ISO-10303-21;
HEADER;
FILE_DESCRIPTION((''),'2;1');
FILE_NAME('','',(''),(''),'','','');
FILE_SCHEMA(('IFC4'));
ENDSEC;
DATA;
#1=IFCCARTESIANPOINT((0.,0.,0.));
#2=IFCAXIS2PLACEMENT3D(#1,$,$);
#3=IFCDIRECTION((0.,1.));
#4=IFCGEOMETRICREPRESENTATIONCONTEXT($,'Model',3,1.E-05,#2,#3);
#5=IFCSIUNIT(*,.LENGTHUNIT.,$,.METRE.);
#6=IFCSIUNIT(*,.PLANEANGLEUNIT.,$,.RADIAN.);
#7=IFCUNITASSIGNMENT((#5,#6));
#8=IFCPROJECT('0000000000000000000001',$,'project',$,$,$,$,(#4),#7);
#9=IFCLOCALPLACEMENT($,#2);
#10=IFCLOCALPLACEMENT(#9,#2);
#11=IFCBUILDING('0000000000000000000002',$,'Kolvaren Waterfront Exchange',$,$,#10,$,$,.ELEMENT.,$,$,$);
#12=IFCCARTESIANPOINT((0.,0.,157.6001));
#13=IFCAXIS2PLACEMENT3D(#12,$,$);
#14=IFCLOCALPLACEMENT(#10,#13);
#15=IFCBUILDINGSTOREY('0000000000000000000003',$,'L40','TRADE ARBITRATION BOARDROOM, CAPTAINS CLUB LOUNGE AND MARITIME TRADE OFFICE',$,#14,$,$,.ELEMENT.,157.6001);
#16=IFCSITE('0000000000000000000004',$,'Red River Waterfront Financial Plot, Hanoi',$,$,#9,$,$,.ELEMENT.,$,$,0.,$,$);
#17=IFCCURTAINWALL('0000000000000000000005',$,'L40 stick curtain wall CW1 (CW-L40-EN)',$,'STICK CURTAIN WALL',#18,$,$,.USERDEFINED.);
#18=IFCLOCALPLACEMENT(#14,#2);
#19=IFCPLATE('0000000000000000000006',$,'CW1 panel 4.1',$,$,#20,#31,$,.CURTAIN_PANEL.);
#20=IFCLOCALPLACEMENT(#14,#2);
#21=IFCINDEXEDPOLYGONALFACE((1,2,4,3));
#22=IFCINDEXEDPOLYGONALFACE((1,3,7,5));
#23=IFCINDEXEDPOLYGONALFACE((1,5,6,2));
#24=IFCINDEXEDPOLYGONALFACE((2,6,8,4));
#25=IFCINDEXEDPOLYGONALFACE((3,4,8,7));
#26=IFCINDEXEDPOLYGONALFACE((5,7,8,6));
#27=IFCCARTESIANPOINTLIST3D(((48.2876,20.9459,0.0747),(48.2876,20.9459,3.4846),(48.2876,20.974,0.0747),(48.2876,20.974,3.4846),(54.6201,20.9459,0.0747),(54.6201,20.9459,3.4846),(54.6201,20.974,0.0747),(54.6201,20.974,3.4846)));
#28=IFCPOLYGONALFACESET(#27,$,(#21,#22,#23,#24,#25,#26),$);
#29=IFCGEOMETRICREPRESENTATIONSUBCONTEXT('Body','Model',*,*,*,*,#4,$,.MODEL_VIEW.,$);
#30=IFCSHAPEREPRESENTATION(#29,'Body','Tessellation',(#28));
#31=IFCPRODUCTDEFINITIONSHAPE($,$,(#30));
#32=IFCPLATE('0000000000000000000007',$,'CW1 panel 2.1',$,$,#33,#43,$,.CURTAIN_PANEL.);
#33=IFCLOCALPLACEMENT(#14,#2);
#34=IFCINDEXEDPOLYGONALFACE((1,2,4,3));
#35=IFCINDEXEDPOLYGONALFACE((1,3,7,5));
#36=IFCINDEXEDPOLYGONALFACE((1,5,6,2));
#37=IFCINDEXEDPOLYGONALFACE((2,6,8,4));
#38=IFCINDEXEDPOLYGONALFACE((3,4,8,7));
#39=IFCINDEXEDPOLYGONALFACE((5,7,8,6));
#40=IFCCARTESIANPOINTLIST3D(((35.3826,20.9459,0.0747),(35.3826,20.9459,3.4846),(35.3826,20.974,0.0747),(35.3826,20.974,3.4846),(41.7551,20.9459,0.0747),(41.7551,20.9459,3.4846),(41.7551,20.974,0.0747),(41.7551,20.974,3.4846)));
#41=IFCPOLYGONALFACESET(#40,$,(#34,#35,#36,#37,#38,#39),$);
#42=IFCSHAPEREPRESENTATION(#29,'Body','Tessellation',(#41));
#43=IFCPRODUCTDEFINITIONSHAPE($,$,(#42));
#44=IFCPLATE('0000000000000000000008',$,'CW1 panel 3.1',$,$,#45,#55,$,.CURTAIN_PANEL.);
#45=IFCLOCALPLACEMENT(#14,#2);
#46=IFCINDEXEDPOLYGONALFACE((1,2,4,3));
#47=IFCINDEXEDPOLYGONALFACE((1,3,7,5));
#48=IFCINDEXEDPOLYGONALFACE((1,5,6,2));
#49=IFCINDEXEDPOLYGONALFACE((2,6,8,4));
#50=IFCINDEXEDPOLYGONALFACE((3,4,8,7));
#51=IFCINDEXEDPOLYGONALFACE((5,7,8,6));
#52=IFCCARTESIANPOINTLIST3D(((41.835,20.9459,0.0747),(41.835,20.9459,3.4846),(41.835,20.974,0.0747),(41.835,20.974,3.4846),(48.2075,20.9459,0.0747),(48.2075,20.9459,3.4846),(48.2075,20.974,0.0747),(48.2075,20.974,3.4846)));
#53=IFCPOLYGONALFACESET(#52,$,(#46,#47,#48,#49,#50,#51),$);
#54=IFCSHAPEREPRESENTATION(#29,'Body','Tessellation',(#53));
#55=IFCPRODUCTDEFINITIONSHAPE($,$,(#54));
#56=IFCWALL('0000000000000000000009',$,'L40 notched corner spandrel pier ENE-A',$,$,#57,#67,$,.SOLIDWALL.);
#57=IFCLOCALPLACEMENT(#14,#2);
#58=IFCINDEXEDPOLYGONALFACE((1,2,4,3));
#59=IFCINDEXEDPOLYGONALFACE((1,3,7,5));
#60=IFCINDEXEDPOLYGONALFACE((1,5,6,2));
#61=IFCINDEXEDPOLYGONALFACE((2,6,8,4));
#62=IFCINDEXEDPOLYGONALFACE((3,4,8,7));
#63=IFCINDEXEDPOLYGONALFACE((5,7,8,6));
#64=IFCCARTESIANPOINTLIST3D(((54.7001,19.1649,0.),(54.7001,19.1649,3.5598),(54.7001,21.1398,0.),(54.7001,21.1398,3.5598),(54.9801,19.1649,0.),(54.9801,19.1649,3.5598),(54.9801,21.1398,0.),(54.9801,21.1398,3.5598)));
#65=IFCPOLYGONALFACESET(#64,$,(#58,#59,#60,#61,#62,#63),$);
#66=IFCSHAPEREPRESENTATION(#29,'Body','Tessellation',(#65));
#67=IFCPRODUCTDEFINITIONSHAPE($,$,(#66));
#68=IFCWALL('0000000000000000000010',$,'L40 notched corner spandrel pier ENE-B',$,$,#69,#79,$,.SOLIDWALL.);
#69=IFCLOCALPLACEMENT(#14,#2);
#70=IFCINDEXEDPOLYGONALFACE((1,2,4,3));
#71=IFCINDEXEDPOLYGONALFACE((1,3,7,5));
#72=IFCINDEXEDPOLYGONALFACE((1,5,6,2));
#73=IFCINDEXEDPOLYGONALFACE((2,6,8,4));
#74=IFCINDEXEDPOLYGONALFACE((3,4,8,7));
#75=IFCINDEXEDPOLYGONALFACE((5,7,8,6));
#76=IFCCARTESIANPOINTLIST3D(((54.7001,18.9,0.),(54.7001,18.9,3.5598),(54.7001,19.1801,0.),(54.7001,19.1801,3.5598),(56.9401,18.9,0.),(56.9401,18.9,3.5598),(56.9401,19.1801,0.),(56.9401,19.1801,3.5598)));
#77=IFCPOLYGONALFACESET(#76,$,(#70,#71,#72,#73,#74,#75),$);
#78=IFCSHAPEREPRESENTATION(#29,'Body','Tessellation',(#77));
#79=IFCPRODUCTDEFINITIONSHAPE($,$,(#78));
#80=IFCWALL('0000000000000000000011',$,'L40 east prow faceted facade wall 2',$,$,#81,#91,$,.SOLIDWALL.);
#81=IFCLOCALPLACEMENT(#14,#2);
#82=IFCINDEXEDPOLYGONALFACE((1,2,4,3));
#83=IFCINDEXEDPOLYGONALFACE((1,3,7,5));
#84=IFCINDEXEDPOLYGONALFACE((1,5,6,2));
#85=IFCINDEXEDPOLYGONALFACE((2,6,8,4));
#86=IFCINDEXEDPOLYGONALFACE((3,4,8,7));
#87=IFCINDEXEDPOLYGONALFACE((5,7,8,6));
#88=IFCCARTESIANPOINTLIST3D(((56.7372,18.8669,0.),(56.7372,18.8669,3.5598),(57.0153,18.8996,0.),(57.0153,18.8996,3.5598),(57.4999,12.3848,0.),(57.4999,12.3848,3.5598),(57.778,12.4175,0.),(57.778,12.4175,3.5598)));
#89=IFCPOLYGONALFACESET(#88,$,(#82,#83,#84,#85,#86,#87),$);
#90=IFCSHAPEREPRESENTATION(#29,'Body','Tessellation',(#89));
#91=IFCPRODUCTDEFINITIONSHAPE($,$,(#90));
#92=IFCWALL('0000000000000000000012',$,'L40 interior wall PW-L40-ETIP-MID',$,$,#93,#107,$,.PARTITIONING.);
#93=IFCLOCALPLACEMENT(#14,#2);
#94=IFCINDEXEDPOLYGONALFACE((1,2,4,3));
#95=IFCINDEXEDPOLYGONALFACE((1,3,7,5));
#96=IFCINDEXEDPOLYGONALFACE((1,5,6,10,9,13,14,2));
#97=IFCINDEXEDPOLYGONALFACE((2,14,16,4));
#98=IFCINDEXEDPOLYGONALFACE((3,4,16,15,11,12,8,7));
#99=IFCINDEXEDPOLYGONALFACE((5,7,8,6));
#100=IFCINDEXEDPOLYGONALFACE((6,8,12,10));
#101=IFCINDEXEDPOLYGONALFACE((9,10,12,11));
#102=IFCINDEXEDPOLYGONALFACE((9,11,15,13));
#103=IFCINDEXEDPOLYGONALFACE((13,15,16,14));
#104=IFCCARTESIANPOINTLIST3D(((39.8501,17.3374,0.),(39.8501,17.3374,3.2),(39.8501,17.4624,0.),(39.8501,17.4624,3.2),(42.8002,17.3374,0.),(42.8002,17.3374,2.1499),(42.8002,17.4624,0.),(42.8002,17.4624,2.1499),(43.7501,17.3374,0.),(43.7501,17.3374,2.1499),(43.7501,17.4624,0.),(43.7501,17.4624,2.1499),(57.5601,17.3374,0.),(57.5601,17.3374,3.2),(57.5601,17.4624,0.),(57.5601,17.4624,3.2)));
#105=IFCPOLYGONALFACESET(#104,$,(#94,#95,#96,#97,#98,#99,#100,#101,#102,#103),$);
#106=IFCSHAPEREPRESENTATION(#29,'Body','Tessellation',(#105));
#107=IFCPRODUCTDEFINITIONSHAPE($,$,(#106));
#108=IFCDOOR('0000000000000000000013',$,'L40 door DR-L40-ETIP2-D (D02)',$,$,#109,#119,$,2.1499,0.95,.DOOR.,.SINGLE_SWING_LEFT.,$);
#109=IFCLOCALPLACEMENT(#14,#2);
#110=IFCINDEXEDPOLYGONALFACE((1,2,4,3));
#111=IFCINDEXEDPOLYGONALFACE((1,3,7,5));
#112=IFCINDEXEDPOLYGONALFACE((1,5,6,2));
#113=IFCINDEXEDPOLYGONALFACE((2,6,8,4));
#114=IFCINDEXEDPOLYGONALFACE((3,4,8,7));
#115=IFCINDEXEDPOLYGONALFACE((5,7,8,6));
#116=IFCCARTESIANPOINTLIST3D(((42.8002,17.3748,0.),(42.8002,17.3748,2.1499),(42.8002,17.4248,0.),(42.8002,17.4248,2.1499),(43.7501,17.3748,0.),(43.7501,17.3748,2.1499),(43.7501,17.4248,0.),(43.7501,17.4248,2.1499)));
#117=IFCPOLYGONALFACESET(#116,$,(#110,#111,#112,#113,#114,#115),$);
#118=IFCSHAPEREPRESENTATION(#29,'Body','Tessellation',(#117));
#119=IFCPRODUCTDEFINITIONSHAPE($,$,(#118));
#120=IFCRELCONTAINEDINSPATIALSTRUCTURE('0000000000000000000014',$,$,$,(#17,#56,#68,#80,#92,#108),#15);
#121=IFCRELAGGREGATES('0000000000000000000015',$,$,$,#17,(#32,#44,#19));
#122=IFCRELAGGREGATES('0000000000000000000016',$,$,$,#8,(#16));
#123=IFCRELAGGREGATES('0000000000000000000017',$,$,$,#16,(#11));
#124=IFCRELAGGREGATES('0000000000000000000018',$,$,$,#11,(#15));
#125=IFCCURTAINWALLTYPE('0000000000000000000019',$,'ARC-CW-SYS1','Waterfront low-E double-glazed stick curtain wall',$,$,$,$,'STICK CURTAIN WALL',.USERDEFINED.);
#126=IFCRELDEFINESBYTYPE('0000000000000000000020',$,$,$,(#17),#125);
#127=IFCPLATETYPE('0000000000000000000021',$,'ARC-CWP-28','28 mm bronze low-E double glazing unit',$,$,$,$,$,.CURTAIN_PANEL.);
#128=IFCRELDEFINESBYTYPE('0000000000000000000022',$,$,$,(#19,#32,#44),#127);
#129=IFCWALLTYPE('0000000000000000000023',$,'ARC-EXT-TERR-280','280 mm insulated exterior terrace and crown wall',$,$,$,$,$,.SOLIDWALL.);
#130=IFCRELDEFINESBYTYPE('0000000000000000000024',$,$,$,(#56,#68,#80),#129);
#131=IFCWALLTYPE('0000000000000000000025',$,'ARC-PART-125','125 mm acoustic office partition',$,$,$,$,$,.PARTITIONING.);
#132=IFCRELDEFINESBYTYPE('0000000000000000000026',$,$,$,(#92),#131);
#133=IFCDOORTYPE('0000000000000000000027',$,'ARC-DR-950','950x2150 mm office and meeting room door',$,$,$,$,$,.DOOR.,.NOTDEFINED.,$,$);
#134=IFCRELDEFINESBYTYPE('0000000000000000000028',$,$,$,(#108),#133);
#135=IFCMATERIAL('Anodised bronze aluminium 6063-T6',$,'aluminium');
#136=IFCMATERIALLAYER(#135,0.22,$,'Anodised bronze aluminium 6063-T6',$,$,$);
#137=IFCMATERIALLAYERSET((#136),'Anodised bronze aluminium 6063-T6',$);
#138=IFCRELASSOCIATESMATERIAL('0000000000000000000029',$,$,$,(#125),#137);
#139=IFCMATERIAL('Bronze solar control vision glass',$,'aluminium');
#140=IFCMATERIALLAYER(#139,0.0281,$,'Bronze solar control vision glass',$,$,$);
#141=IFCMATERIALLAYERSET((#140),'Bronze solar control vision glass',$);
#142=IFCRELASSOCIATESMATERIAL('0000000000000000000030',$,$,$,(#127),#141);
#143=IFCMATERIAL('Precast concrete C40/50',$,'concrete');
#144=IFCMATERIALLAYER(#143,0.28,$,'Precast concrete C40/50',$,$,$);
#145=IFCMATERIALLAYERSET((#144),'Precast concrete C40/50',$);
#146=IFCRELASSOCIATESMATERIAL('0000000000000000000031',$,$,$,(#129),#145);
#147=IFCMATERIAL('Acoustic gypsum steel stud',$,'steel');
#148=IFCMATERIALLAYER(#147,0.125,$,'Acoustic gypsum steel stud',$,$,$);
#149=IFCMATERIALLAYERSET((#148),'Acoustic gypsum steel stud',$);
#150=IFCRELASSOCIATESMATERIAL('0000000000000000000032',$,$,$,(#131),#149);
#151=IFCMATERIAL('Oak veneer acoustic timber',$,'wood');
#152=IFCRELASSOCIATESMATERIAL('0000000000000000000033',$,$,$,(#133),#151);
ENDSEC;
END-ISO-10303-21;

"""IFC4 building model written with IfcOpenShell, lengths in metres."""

from ifc_helpers import new_model, si_unit, direction, frame, frame_2d, origin, origin_with_axes, origin_2d, place, context, subcontext, project, spatial, rectangle, extrude, source, transform, mapped, material, layer, layer_set, type_object, element, fill, aggregate, save


model = new_model("IFC4")

# Units and contexts
model_context = context("Model", 3, precision=1e-05, world=origin(), true_north=direction((0.0, 1.0)))
body_context = subcontext(model_context, "Body", "Model", "MODEL_VIEW")
ifc_project = project(units=[si_unit("LENGTHUNIT", "METRE"), si_unit("PLANEANGLEUNIT", "RADIAN")], contexts=[model_context])

# Site, building, storey
site_placement = place(None, origin())
site = spatial("IfcSite", under=ifc_project, at=site_placement, Name="Red River Waterfront Financial Plot, Hanoi", CompositionType="ELEMENT", RefElevation=0.0)
building_placement = place(site_placement, origin())
building = spatial("IfcBuilding", under=site, at=building_placement, Name="Kolvaren Waterfront Exchange", CompositionType="ELEMENT")
storey_placement = place(building_placement, frame((0.0, 0.0, 157.6001)))
storey = spatial("IfcBuildingStorey", under=building, at=storey_placement, Name="L40", Description="TRADE ARBITRATION BOARDROOM, CAPTAINS CLUB LOUNGE AND MARITIME TRADE OFFICE", CompositionType="ELEMENT", Elevation=157.6001)

# Curtain wall, plates
ifc_material_1 = material(Name="Anodised bronze aluminium 6063-T6", Category="aluminium")
ifc_layer_1 = layer(ifc_material_1, 0.22, Name="Anodised bronze aluminium 6063-T6")
ifc_layer_set_1 = layer_set([ifc_layer_1], Name="Anodised bronze aluminium 6063-T6")
curtain_wall_type = type_object("IfcCurtainWallType", Name="ARC-CW-SYS1", Description="Waterfront low-E double-glazed stick curtain wall", ElementType="STICK CURTAIN WALL", PredefinedType="USERDEFINED", material=ifc_layer_set_1)
curtain_wall_placement = place(storey_placement, origin())
curtain_wall = element("IfcCurtainWall", 1, at=curtain_wall_placement, inside=storey, type_object=curtain_wall_type, Name="L40 stick curtain wall CW1 (CW-L40-EN)", ObjectType="STICK CURTAIN WALL", PredefinedType="USERDEFINED")
ifc_material_2 = material(Name="Bronze solar control vision glass", Category="aluminium")
ifc_layer_2 = layer(ifc_material_2, 0.0281, Name="Bronze solar control vision glass")
ifc_layer_set_2 = layer_set([ifc_layer_2], Name="Bronze solar control vision glass")
plate_type = type_object("IfcPlateType", Name="ARC-CWP-28", Description="28 mm bronze low-E double glazing unit", PredefinedType="CURTAIN_PANEL", material=ifc_layer_set_2)
shared_shape_1 = source(origin_with_axes(), body_context, "Body", "SweptSolid", [
    extrude(rectangle(XDim=6.3325, YDim=0.0281, at=origin_2d()), origin(), (0.0, 0.0, 1.0), 3.4099),
])
plate_1_placement = place(storey_placement, frame((51.4539, 20.96, 0.0747), z_axis=(0.0, 0.0, 1.0), x_axis=(1.0, 0.0, 0.0)))
plate_1 = element("IfcPlate", 2, at=plate_1_placement, type_object=plate_type, Name="CW1 panel 4.1", PredefinedType="CURTAIN_PANEL", context=body_context, shape_type="MappedRepresentation", body=[
    mapped(shared_shape_1, transform((0.0, 0.0, 0.0), x_axis=(1.0, 0.0, 0.0), y_axis=(0.0, 1.0, 0.0), z_axis=(0.0, 0.0, 1.0), scale=1.0)),
])
shared_shape_2 = source(origin_with_axes(), body_context, "Body", "SweptSolid", [
    extrude(rectangle(XDim=6.3726, YDim=0.0281, at=origin_2d()), origin(), (0.0, 0.0, 1.0), 3.4099),
])
plate_2_placement = place(storey_placement, frame((38.5688, 20.96, 0.0747), z_axis=(0.0, 0.0, 1.0), x_axis=(1.0, 0.0, 0.0)))
plate_2 = element("IfcPlate", 3, at=plate_2_placement, type_object=plate_type, Name="CW1 panel 2.1", PredefinedType="CURTAIN_PANEL", context=body_context, shape_type="MappedRepresentation", body=[
    mapped(shared_shape_2, transform((0.0, 0.0, 0.0), x_axis=(1.0, 0.0, 0.0), y_axis=(0.0, 1.0, 0.0), z_axis=(0.0, 0.0, 1.0), scale=1.0)),
])
plate_3_placement = place(storey_placement, frame((45.0212, 20.96, 0.0747), z_axis=(0.0, 0.0, 1.0), x_axis=(1.0, 0.0, 0.0)))
plate_3 = element("IfcPlate", 4, at=plate_3_placement, type_object=plate_type, Name="CW1 panel 3.1", PredefinedType="CURTAIN_PANEL", context=body_context, shape_type="MappedRepresentation", body=[
    mapped(shared_shape_2, transform((0.0, 0.0, 0.0), x_axis=(1.0, 0.0, 0.0), y_axis=(0.0, 1.0, 0.0), z_axis=(0.0, 0.0, 1.0), scale=1.0)),
])
aggregate(curtain_wall, [plate_2, plate_3, plate_1])

# Walls
ifc_material_3 = material(Name="Precast concrete C40/50", Category="concrete")
ifc_layer_3 = layer(ifc_material_3, 0.28, Name="Precast concrete C40/50")
ifc_layer_set_3 = layer_set([ifc_layer_3], Name="Precast concrete C40/50")
wall_type_1 = type_object("IfcWallType", Name="ARC-EXT-TERR-280", Description="280 mm insulated exterior terrace and crown wall", PredefinedType="SOLIDWALL", material=ifc_layer_set_3)
wall_1_placement = place(storey_placement, frame((54.8401, 19.165, 0.0), z_axis=(0.0, 0.0, 1.0), x_axis=(0.0, 1.0, 0.0)))
element("IfcWall", 5, at=wall_1_placement, inside=storey, type_object=wall_type_1, Name="L40 notched corner spandrel pier ENE-A", PredefinedType="SOLIDWALL", context=body_context, shape_type="SweptSolid", body=[
    extrude(rectangle(XDim=1.9749, YDim=0.28, at=frame_2d((0.9873, 0.0))), origin(), (0.0, 0.0, 1.0), 3.5598),
])
wall_2_placement = place(storey_placement, frame((54.7, 19.04, 0.0), z_axis=(0.0, 0.0, 1.0), x_axis=(1.0, 0.0, 0.0)))
element("IfcWall", 6, at=wall_2_placement, inside=storey, type_object=wall_type_1, Name="L40 notched corner spandrel pier ENE-B", PredefinedType="SOLIDWALL", context=body_context, shape_type="SweptSolid", body=[
    extrude(rectangle(XDim=2.24, YDim=0.28, at=frame_2d((1.1201, 0.0))), origin(), (0.0, 0.0, 1.0), 3.5598),
])
wall_3_placement = place(storey_placement, frame((57.6389, 12.4011, 0.0), z_axis=(0.0, 0.0, 1.0), x_axis=(-0.116854, 0.993149, 0.0)))
element("IfcWall", 7, at=wall_3_placement, inside=storey, type_object=wall_type_1, Name="L40 east prow faceted facade wall 2", PredefinedType="SOLIDWALL", context=body_context, shape_type="SweptSolid", body=[
    extrude(rectangle(XDim=6.5269, YDim=0.28, at=frame_2d((3.2634, 0.0))), origin(), (0.0, 0.0, 1.0), 3.5598),
])

# Wall, opening, door
ifc_material_4 = material(Name="Acoustic gypsum steel stud", Category="steel")
ifc_layer_4 = layer(ifc_material_4, 0.125, Name="Acoustic gypsum steel stud")
ifc_layer_set_4 = layer_set([ifc_layer_4], Name="Acoustic gypsum steel stud")
wall_type_2 = type_object("IfcWallType", Name="ARC-PART-125", Description="125 mm acoustic office partition", PredefinedType="PARTITIONING", material=ifc_layer_set_4)
wall_4_placement = place(storey_placement, frame((39.8501, 17.3999, 0.0), z_axis=(0.0, 0.0, 1.0), x_axis=(1.0, 0.0, 0.0)))
wall_4 = element("IfcWall", 8, at=wall_4_placement, inside=storey, type_object=wall_type_2, Name="L40 interior wall PW-L40-ETIP-MID", PredefinedType="PARTITIONING", context=body_context, shape_type="SweptSolid", body=[
    extrude(rectangle(XDim=17.71, YDim=0.125, at=frame_2d((8.855, 0.0))), origin(), (0.0, 0.0, 1.0), 3.2),
])
opening_placement = place(wall_4_placement, frame((2.95, 0.0, 0.0)))
opening = element("IfcOpeningElement", 9, at=opening_placement, cuts=wall_4, PredefinedType="OPENING", context=body_context, shape_type="SweptSolid", body=[
    extrude(rectangle(XDim=0.95, YDim=2.1499, at=frame_2d((0.4751, 1.075))), frame((0.0, 0.0725, 0.0), z_axis=(0.0, -1.0, 0.0), x_axis=(1.0, 0.0, 0.0)), (0.0, 0.0, 1.0), 0.145),
])
ifc_material_5 = material(Name="Oak veneer acoustic timber", Category="wood")
door_type = type_object("IfcDoorType", Name="ARC-DR-950", Description="950x2150 mm office and meeting room door", OperationType="NOTDEFINED", PredefinedType="DOOR", material=ifc_material_5)
door_placement = place(opening_placement, origin())
door = element("IfcDoor", 10, at=door_placement, inside=storey, type_object=door_type, Name="L40 door DR-L40-ETIP2-D (D02)", OperationType="SINGLE_SWING_LEFT", OverallHeight=2.1499, OverallWidth=0.95, PredefinedType="DOOR", context=body_context, shape_type="SweptSolid", body=[
    extrude(rectangle(XDim=0.95, YDim=2.1499, at=frame_2d((0.4751, 1.075))), frame((0.0, 0.0249, 0.0), z_axis=(0.0, -1.0, 0.0), x_axis=(1.0, 0.0, 0.0)), (0.0, 0.0, 1.0), 0.05),
])
fill(opening, door)

save(model, "model.ifc")
